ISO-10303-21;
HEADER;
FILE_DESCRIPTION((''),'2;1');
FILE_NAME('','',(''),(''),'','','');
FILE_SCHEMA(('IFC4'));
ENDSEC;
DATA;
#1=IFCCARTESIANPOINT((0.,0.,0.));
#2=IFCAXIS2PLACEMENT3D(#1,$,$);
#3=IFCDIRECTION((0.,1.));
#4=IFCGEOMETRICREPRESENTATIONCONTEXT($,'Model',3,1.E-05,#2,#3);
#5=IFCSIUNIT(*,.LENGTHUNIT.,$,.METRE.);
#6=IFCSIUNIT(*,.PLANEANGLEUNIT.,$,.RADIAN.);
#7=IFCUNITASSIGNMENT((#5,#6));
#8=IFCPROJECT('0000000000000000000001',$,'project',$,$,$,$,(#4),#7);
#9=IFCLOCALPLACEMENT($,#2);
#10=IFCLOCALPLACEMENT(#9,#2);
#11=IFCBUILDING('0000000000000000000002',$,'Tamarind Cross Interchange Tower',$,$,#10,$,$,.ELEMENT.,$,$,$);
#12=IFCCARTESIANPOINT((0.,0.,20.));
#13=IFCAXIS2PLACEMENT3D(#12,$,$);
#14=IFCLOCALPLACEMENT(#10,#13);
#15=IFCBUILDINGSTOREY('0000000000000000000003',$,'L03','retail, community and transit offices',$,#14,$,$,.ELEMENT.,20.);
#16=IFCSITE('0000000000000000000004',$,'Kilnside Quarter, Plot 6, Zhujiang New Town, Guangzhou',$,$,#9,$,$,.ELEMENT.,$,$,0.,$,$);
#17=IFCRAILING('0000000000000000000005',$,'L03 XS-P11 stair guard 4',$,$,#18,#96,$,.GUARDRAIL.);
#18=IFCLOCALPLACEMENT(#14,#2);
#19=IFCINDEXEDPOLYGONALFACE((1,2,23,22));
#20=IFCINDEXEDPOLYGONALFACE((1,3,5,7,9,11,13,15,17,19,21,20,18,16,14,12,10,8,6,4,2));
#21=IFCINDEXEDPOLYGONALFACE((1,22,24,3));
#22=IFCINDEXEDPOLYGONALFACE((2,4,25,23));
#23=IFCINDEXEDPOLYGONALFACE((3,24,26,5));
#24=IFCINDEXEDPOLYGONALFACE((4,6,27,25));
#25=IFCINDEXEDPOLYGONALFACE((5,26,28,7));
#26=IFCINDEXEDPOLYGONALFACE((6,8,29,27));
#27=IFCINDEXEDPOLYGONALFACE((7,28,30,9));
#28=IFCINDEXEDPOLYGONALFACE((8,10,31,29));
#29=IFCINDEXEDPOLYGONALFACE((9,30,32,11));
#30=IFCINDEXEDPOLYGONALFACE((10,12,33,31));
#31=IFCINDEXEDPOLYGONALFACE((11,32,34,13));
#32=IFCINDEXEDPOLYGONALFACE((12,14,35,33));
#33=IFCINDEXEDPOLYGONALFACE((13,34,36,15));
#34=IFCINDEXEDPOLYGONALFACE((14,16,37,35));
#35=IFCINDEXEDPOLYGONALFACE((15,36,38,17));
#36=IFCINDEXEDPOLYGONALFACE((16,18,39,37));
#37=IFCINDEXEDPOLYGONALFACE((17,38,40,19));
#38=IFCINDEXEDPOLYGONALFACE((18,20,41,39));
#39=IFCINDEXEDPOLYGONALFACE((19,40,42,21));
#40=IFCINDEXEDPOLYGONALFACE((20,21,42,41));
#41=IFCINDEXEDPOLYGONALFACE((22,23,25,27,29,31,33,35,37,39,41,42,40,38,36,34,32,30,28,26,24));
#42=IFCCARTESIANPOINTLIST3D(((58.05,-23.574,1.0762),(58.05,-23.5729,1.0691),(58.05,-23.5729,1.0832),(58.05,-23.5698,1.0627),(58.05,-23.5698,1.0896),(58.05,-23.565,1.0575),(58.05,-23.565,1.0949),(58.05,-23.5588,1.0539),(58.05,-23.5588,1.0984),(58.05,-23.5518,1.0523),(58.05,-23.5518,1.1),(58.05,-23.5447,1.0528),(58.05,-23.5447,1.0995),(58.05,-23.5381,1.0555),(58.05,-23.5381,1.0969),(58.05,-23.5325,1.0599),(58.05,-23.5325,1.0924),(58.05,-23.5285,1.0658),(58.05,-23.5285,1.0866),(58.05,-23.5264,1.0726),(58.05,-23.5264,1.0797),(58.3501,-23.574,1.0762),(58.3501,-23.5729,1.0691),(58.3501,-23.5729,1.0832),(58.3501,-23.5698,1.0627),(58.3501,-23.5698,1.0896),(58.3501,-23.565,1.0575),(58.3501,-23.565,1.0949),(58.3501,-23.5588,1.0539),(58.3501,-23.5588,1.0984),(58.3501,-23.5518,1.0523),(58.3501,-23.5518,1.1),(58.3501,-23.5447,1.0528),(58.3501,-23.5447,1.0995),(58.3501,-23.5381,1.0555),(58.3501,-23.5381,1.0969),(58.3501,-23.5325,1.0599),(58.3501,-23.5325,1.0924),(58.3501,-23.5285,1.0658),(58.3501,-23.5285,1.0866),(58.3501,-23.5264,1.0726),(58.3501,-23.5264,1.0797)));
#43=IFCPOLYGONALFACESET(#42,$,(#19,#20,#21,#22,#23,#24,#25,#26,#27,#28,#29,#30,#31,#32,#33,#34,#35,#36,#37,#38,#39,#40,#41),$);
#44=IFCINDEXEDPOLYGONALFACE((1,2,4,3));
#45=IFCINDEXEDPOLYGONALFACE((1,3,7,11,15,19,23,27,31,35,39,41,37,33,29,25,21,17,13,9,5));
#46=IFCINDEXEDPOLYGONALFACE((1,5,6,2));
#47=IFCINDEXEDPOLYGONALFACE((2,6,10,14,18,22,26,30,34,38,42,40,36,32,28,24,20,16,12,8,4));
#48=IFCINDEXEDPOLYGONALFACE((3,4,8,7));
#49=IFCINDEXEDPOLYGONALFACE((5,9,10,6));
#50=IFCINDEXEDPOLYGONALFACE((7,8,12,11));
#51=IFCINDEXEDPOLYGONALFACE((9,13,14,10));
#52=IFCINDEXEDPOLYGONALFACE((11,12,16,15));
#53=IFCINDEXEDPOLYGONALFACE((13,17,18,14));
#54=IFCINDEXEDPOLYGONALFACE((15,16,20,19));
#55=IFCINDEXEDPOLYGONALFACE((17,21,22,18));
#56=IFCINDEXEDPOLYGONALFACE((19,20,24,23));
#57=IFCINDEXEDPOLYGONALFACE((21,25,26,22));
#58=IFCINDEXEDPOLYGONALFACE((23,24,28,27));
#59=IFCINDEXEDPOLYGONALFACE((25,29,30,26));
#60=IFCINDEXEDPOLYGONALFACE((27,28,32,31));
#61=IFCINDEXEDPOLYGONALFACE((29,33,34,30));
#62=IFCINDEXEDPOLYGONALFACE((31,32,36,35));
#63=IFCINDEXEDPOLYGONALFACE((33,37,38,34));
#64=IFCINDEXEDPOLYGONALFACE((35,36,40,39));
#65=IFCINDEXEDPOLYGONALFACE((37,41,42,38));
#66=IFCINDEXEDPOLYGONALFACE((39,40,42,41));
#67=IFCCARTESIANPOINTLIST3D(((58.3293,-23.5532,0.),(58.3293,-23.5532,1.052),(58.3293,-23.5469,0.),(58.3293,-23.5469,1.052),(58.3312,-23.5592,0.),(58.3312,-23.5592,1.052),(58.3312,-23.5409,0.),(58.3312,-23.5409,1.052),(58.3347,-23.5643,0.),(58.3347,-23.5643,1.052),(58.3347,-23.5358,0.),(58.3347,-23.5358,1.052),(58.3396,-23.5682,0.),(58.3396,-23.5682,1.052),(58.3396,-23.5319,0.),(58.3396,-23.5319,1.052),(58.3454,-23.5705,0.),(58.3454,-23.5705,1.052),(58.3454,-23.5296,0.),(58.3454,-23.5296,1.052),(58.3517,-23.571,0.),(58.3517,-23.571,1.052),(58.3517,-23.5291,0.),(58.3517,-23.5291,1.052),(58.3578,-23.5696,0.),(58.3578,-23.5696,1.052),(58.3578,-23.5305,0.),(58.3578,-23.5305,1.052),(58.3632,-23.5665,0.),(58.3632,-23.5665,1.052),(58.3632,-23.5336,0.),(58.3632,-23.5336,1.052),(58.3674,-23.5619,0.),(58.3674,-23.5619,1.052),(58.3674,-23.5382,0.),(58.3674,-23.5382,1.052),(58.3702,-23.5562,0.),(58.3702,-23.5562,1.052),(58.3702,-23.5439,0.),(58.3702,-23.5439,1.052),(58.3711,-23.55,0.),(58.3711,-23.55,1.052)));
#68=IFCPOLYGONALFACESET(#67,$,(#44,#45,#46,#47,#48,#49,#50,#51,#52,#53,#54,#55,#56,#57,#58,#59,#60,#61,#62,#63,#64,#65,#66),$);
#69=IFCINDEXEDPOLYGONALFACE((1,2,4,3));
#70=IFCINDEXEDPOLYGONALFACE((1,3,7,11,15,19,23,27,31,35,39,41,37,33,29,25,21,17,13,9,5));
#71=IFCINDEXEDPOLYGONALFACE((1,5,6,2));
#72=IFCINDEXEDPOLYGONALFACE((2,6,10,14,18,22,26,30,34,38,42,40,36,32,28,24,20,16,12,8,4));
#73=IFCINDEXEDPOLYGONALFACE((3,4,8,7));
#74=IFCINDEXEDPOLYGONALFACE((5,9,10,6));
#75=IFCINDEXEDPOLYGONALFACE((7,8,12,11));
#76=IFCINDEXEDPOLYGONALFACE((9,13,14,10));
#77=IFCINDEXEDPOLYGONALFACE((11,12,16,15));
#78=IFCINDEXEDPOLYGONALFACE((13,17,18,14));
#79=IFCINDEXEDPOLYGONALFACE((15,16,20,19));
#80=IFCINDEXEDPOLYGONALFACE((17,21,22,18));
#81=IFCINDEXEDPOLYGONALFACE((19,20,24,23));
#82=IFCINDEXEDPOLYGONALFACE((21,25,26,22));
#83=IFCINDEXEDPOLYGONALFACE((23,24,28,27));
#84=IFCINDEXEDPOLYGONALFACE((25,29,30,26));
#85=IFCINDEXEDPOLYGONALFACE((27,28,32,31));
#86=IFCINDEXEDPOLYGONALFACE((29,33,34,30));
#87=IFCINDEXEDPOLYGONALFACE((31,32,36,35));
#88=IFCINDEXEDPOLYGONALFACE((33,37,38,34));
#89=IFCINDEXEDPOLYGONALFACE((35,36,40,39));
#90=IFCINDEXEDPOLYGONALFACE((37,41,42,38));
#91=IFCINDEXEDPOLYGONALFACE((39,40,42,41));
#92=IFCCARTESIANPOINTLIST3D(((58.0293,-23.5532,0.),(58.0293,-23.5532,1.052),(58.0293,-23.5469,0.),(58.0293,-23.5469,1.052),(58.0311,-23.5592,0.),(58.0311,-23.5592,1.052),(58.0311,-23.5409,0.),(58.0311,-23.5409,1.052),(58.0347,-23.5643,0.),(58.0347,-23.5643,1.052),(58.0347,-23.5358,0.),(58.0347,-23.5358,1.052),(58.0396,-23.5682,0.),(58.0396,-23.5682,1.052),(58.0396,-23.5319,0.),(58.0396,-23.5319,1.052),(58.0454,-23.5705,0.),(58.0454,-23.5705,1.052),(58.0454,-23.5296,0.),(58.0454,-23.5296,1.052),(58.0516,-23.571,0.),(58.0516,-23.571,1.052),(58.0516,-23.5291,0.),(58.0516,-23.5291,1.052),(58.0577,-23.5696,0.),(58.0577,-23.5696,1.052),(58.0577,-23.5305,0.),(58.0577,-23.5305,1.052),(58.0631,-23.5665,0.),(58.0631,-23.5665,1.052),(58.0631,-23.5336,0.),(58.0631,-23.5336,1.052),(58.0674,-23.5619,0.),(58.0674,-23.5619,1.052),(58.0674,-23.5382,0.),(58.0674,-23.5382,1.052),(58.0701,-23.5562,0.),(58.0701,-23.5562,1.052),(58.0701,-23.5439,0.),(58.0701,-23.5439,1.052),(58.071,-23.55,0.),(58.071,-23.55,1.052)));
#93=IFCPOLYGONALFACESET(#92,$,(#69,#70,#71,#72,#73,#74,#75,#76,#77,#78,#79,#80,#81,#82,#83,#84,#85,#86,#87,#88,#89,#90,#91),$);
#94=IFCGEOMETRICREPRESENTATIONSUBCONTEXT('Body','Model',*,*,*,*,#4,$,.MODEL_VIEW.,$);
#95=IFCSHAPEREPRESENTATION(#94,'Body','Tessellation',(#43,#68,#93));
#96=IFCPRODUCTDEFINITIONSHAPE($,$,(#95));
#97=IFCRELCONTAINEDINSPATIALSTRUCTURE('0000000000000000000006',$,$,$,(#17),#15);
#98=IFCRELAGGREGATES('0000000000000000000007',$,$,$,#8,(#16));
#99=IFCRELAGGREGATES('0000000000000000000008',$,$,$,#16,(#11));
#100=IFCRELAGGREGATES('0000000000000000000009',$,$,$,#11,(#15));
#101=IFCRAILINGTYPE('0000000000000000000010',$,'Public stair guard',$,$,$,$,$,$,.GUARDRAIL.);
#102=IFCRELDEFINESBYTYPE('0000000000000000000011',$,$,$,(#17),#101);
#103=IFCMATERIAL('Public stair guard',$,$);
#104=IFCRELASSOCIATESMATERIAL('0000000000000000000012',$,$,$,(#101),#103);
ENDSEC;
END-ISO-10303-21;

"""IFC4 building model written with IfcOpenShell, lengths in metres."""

from ifc_helpers import new_model, si_unit, direction, frame, origin, origin_2d, place, context, subcontext, project, spatial, circle, extrude, material, type_object, element, save


model = new_model("IFC4")

# Units and contexts
model_context = context("Model", 3, precision=1e-05, world=origin(), true_north=direction((0.0, 1.0)))
body_context = subcontext(model_context, "Body", "Model", "MODEL_VIEW")
ifc_project = project(units=[si_unit("LENGTHUNIT", "METRE"), si_unit("PLANEANGLEUNIT", "RADIAN")], contexts=[model_context])

# Site, building, storey
site_placement = place(None, origin())
site = spatial("IfcSite", under=ifc_project, at=site_placement, Name="Kilnside Quarter, Plot 6, Zhujiang New Town, Guangzhou", CompositionType="ELEMENT", RefElevation=0.0)
building_placement = place(site_placement, origin())
building = spatial("IfcBuilding", under=site, at=building_placement, Name="Tamarind Cross Interchange Tower", CompositionType="ELEMENT")
storey_placement = place(building_placement, frame((0.0, 0.0, 20.0)))
storey = spatial("IfcBuildingStorey", under=building, at=storey_placement, Name="L03", Description="retail, community and transit offices", CompositionType="ELEMENT", Elevation=20.0)

# Railing
ifc_material_1 = material(Name="Public stair guard")
railing_type = type_object("IfcRailingType", Name="Public stair guard", PredefinedType="GUARDRAIL", material=ifc_material_1)
railing_1_placement = place(storey_placement, frame((58.3501, -23.55, 0.0)))
element("IfcRailing", 1, at=railing_1_placement, inside=storey, type_object=railing_type, Name="L03 XS-P11 stair guard 4", PredefinedType="GUARDRAIL", context=body_context, shape_type="SweptSolid", body=[
    extrude(circle(Radius=0.0239, at=origin_2d()), frame((0.0, 0.0, 1.0762), z_axis=(-1.0, 0.0, 0.0), x_axis=(0.0, -1.0, 0.0)), (0.0, 0.0, 1.0), 0.3),
    extrude(circle(Radius=0.021, at=origin_2d()), origin(), (0.0, 0.0, 1.0), 1.052),
    extrude(circle(Radius=0.021, at=origin_2d()), frame((-0.3, 0.0, 0.0)), (0.0, 0.0, 1.0), 1.052),
])

save(model, "model.ifc")
